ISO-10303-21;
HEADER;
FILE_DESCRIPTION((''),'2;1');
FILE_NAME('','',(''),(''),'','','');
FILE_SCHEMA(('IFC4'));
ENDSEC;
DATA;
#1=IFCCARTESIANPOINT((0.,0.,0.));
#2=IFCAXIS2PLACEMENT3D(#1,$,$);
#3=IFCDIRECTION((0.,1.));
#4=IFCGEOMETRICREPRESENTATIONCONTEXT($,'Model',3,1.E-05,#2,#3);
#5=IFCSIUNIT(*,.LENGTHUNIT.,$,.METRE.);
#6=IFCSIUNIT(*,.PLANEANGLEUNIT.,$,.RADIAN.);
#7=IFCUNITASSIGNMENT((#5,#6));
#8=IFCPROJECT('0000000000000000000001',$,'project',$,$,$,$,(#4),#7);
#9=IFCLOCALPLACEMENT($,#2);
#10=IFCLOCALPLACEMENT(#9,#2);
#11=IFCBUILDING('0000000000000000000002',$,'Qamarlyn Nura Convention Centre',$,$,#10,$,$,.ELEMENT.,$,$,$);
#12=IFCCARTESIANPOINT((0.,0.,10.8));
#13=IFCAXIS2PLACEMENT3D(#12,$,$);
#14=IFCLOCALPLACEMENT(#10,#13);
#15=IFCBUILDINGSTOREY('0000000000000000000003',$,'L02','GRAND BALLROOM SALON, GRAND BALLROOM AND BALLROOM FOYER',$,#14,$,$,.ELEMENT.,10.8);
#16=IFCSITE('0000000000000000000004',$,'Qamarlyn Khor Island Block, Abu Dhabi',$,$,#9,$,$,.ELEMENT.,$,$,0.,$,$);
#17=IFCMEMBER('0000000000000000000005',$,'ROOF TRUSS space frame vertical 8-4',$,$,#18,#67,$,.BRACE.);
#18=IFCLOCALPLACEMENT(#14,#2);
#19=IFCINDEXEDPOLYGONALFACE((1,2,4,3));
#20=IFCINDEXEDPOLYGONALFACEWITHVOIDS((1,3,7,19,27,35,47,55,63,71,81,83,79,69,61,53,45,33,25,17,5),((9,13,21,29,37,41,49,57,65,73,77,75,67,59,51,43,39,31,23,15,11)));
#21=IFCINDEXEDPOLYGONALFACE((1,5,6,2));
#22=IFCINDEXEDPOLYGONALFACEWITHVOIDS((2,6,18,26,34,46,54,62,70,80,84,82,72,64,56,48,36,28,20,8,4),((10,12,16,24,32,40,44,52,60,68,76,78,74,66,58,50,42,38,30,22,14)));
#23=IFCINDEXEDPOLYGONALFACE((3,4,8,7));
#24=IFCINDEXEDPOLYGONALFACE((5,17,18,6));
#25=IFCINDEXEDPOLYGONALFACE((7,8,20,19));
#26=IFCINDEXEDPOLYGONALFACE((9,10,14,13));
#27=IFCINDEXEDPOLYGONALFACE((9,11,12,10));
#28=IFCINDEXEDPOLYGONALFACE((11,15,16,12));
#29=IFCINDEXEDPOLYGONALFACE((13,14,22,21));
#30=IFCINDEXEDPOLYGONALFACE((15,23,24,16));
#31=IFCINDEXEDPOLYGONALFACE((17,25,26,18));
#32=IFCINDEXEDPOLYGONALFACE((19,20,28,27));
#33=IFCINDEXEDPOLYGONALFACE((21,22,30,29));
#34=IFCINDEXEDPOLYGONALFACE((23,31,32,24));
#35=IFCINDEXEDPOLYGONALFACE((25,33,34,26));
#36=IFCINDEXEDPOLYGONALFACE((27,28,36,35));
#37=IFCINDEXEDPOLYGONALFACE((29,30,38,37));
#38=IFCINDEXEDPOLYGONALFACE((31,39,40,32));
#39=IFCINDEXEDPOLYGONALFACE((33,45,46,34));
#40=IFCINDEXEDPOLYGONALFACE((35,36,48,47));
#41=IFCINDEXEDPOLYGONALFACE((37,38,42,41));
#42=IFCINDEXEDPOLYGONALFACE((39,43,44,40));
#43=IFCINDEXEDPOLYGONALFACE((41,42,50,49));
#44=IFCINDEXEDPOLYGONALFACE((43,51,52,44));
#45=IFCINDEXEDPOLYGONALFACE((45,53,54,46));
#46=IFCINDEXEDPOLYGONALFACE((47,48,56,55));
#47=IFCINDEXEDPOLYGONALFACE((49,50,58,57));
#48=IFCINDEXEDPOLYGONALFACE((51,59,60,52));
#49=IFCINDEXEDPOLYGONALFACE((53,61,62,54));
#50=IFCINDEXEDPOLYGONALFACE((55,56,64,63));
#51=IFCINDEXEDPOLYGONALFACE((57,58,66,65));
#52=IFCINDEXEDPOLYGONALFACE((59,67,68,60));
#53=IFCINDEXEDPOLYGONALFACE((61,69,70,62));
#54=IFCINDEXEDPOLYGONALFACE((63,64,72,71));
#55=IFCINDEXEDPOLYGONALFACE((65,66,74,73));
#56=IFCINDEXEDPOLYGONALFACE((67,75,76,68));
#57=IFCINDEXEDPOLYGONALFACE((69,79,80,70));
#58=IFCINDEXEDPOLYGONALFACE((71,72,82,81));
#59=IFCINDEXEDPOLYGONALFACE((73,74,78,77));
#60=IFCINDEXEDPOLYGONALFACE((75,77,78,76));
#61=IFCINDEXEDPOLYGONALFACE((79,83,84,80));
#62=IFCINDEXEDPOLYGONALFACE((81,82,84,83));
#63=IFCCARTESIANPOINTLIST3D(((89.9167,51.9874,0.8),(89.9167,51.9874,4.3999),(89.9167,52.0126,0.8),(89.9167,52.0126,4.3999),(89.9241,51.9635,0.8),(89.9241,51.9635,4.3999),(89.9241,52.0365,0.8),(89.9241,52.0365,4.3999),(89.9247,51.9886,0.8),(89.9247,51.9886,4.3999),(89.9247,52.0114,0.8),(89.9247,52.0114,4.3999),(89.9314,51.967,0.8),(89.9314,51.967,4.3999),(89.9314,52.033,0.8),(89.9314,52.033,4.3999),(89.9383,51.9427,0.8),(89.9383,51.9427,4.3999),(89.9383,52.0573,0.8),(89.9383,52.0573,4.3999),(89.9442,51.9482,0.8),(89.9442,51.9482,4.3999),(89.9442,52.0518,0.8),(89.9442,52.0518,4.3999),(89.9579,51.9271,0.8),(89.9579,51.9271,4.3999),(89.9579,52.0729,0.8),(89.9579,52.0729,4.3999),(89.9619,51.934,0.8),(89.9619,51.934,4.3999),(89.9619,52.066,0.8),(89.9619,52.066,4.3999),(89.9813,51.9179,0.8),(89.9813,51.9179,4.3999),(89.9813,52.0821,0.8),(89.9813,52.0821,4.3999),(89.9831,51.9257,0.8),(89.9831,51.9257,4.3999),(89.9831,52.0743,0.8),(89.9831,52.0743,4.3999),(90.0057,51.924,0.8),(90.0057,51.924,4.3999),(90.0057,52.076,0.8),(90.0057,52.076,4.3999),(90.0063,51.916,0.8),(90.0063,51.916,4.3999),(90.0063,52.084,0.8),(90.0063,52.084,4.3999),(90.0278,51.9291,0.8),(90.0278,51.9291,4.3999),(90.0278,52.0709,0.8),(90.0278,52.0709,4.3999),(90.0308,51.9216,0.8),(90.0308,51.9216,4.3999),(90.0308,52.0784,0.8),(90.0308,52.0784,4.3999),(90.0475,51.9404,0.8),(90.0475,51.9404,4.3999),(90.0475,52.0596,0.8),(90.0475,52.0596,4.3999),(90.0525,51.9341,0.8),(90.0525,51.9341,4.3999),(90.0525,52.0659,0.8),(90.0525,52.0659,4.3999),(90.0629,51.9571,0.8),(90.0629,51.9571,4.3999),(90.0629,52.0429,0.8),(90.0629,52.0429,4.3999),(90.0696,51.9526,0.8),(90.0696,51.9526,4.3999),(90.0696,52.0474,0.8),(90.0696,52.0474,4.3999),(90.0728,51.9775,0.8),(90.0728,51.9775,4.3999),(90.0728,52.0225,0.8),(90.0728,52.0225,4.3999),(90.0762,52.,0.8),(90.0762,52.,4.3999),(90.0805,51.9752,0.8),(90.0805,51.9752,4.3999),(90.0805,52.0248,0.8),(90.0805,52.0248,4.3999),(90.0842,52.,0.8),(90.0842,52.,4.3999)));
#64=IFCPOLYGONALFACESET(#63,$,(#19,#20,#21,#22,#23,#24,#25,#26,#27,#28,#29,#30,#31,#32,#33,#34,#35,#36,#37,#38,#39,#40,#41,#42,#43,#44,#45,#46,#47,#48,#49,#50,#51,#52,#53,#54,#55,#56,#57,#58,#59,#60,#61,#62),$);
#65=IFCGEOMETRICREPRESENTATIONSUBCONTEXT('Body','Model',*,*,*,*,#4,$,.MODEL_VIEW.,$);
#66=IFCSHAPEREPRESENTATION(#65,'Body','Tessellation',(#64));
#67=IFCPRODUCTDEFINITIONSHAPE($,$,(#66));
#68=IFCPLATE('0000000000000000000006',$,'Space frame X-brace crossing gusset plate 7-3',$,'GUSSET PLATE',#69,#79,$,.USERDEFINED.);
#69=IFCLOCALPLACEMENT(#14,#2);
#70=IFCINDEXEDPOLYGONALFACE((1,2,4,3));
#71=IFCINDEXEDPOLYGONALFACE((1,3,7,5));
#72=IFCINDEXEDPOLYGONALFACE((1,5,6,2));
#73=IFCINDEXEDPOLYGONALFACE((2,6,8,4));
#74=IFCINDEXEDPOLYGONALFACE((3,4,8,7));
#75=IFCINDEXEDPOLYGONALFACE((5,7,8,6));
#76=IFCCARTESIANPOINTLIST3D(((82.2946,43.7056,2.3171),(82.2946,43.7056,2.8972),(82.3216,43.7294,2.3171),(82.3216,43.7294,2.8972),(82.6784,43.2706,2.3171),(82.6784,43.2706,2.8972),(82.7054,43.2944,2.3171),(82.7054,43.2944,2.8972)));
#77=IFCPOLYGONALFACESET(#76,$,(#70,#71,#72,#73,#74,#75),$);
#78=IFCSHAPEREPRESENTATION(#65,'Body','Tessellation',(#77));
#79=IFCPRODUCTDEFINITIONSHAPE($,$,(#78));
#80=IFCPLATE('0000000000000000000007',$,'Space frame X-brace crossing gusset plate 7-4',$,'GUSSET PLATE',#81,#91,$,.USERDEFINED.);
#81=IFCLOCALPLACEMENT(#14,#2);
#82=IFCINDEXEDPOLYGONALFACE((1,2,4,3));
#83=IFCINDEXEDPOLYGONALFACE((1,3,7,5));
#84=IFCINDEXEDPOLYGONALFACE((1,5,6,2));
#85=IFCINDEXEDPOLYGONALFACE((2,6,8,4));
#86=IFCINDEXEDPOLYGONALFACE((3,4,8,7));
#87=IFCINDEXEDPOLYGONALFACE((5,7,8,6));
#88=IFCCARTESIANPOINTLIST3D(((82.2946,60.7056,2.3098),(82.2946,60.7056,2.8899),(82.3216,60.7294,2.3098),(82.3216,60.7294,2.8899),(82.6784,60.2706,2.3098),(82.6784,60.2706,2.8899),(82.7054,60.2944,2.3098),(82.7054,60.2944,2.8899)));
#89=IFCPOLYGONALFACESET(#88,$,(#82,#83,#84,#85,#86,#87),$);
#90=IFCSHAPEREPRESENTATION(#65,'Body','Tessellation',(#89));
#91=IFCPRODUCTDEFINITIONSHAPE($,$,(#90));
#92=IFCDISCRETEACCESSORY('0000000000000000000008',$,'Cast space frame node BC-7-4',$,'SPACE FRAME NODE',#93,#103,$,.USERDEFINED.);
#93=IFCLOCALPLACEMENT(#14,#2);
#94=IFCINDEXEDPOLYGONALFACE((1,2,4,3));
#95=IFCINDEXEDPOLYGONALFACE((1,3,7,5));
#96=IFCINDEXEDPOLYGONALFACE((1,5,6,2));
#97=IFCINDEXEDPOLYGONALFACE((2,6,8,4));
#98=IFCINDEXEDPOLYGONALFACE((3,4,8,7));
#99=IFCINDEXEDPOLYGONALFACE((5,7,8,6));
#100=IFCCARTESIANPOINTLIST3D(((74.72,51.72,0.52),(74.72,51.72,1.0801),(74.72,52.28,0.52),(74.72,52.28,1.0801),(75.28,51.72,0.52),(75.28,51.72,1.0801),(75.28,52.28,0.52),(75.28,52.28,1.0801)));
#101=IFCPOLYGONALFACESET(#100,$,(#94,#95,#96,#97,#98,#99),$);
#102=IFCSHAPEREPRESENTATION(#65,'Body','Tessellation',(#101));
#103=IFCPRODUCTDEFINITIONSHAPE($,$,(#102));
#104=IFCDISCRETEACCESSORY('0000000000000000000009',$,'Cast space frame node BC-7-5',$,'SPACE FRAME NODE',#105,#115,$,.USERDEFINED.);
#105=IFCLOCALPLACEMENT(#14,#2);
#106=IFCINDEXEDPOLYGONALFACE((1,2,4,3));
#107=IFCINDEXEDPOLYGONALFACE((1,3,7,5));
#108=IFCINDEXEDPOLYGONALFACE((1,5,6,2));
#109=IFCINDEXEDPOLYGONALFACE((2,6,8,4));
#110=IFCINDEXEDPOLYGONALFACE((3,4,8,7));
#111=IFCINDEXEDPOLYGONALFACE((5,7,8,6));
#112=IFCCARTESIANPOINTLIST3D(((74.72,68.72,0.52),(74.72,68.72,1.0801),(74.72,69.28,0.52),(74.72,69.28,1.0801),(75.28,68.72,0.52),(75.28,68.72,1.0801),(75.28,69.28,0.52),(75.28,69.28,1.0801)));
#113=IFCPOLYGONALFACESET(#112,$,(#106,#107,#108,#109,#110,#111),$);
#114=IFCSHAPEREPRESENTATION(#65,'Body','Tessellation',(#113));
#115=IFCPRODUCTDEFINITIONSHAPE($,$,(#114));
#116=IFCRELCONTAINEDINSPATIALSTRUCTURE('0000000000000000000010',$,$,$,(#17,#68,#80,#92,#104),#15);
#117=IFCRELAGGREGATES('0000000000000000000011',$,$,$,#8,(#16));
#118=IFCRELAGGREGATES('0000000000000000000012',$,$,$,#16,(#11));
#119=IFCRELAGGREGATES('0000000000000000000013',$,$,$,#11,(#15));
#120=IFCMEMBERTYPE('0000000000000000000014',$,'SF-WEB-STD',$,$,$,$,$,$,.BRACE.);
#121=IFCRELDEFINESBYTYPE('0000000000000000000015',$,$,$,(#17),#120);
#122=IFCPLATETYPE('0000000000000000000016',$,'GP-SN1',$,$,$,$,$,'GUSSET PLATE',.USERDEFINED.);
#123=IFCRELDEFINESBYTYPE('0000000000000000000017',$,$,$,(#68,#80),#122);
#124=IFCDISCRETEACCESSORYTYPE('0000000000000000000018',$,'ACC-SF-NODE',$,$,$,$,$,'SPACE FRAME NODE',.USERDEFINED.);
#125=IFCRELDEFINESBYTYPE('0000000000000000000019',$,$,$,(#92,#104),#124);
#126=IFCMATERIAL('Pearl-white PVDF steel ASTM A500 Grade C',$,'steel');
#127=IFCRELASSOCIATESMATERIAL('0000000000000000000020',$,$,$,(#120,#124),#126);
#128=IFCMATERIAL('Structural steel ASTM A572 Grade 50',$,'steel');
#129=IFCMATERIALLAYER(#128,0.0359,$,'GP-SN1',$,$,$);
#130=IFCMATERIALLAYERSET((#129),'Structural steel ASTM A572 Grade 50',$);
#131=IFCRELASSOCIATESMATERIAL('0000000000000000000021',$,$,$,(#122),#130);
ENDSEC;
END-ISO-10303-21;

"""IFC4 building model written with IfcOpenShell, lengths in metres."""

from ifc_helpers import new_model, si_unit, direction, frame, origin, origin_2d, place, context, subcontext, project, spatial, rectangle, hollow_circle, extrude, material, layer, layer_set, material_profile, profile_set, type_object, element, save


model = new_model("IFC4")

# Units and contexts
model_context = context("Model", 3, precision=1e-05, world=origin(), true_north=direction((0.0, 1.0)))
body_context = subcontext(model_context, "Body", "Model", "MODEL_VIEW")
ifc_project = project(units=[si_unit("LENGTHUNIT", "METRE"), si_unit("PLANEANGLEUNIT", "RADIAN")], contexts=[model_context])

# Site, building, storey
site_placement = place(None, origin())
site = spatial("IfcSite", under=ifc_project, at=site_placement, Name="Qamarlyn Khor Island Block, Abu Dhabi", CompositionType="ELEMENT", RefElevation=0.0)
building_placement = place(site_placement, origin())
building = spatial("IfcBuilding", under=site, at=building_placement, Name="Qamarlyn Nura Convention Centre", CompositionType="ELEMENT")
storey_placement = place(building_placement, frame((0.0, 0.0, 10.8)))
storey = spatial("IfcBuildingStorey", under=building, at=storey_placement, Name="L02", Description="GRAND BALLROOM SALON, GRAND BALLROOM AND BALLROOM FOYER", CompositionType="ELEMENT", Elevation=10.8)

# Member
ifc_material_1 = material(Name="Pearl-white PVDF steel ASTM A500 Grade C", Category="steel")
ifc_material_profile_1 = material_profile(ifc_material_1, hollow_circle(Radius=0.0842, WallThickness=0.0081, at=origin_2d()), Name="CHS168.3X8")
ifc_profile_set_1 = profile_set([ifc_material_profile_1], Name="Pearl-white PVDF steel ASTM A500 Grade C")
member_type_1 = type_object("IfcMemberType", Name="SF-WEB-STD", PredefinedType="BRACE", material=ifc_profile_set_1)
member_1_placement = place(storey_placement, frame((90.0, 52.0, 0.8), z_axis=(0.0, 0.0, 1.0), x_axis=(1.0, 0.0, 0.0)))
element("IfcMember", 1, at=member_1_placement, inside=storey, type_object=member_type_1, Name="ROOF TRUSS space frame vertical 8-4", PredefinedType="BRACE", context=body_context, shape_type="SweptSolid", body=[
    extrude(hollow_circle(Radius=0.0842, WallThickness=0.0081, at=origin_2d()), origin(), (0.0, 0.0, 1.0), 3.5999),
])

# Plates
ifc_material_2 = material(Name="Structural steel ASTM A572 Grade 50", Category="steel")
ifc_layer = layer(ifc_material_2, 0.0359, Name="GP-SN1")
ifc_layer_set = layer_set([ifc_layer], Name="Structural steel ASTM A572 Grade 50")
plate_type = type_object("IfcPlateType", Name="GP-SN1", ElementType="GUSSET PLATE", PredefinedType="USERDEFINED", material=ifc_layer_set)
for number, where, z_axis, x_axis, name in (
    (2, (82.5, 43.5, 2.3171), (0.0, 0.0, 1.0), (-0.661622, 0.749837, 0.0), "Space frame X-brace crossing gusset plate 7-3"),
    (3, (82.5, 60.5, 2.3098), (0.0, 0.0, 1.0), (-0.661622, 0.749837, 0.0), "Space frame X-brace crossing gusset plate 7-4"),
):
    element("IfcPlate", number, at=place(storey_placement, frame(where, z_axis=z_axis, x_axis=x_axis)), inside=storey, type_object=plate_type, Name=name, ObjectType="GUSSET PLATE", PredefinedType="USERDEFINED", context=body_context, shape_type="SweptSolid", body=[
        extrude(rectangle(XDim=0.5801, YDim=0.0359, at=origin_2d()), origin(), (0.0, 0.0, 1.0), 0.5801),
    ])

# Discrete accessories
discrete_accessory_type = type_object("IfcDiscreteAccessoryType", Name="ACC-SF-NODE", ElementType="SPACE FRAME NODE", PredefinedType="USERDEFINED", material=ifc_material_1)
for number, where, z_axis, x_axis, name in (
    (4, (75.0, 52.0, 0.52), (0.0, 0.0, 1.0), (1.0, 0.0, 0.0), "Cast space frame node BC-7-4"),
    (5, (75.0, 69.0, 0.52), (0.0, 0.0, 1.0), (1.0, 0.0, 0.0), "Cast space frame node BC-7-5"),
):
    element("IfcDiscreteAccessory", number, at=place(storey_placement, frame(where, z_axis=z_axis, x_axis=x_axis)), inside=storey, type_object=discrete_accessory_type, Name=name, ObjectType="SPACE FRAME NODE", PredefinedType="USERDEFINED", context=body_context, shape_type="SweptSolid", body=[
        extrude(rectangle(XDim=0.5601, YDim=0.5601, at=origin_2d()), origin(), (0.0, 0.0, 1.0), 0.5601),
    ])

save(model, "model.ifc")
